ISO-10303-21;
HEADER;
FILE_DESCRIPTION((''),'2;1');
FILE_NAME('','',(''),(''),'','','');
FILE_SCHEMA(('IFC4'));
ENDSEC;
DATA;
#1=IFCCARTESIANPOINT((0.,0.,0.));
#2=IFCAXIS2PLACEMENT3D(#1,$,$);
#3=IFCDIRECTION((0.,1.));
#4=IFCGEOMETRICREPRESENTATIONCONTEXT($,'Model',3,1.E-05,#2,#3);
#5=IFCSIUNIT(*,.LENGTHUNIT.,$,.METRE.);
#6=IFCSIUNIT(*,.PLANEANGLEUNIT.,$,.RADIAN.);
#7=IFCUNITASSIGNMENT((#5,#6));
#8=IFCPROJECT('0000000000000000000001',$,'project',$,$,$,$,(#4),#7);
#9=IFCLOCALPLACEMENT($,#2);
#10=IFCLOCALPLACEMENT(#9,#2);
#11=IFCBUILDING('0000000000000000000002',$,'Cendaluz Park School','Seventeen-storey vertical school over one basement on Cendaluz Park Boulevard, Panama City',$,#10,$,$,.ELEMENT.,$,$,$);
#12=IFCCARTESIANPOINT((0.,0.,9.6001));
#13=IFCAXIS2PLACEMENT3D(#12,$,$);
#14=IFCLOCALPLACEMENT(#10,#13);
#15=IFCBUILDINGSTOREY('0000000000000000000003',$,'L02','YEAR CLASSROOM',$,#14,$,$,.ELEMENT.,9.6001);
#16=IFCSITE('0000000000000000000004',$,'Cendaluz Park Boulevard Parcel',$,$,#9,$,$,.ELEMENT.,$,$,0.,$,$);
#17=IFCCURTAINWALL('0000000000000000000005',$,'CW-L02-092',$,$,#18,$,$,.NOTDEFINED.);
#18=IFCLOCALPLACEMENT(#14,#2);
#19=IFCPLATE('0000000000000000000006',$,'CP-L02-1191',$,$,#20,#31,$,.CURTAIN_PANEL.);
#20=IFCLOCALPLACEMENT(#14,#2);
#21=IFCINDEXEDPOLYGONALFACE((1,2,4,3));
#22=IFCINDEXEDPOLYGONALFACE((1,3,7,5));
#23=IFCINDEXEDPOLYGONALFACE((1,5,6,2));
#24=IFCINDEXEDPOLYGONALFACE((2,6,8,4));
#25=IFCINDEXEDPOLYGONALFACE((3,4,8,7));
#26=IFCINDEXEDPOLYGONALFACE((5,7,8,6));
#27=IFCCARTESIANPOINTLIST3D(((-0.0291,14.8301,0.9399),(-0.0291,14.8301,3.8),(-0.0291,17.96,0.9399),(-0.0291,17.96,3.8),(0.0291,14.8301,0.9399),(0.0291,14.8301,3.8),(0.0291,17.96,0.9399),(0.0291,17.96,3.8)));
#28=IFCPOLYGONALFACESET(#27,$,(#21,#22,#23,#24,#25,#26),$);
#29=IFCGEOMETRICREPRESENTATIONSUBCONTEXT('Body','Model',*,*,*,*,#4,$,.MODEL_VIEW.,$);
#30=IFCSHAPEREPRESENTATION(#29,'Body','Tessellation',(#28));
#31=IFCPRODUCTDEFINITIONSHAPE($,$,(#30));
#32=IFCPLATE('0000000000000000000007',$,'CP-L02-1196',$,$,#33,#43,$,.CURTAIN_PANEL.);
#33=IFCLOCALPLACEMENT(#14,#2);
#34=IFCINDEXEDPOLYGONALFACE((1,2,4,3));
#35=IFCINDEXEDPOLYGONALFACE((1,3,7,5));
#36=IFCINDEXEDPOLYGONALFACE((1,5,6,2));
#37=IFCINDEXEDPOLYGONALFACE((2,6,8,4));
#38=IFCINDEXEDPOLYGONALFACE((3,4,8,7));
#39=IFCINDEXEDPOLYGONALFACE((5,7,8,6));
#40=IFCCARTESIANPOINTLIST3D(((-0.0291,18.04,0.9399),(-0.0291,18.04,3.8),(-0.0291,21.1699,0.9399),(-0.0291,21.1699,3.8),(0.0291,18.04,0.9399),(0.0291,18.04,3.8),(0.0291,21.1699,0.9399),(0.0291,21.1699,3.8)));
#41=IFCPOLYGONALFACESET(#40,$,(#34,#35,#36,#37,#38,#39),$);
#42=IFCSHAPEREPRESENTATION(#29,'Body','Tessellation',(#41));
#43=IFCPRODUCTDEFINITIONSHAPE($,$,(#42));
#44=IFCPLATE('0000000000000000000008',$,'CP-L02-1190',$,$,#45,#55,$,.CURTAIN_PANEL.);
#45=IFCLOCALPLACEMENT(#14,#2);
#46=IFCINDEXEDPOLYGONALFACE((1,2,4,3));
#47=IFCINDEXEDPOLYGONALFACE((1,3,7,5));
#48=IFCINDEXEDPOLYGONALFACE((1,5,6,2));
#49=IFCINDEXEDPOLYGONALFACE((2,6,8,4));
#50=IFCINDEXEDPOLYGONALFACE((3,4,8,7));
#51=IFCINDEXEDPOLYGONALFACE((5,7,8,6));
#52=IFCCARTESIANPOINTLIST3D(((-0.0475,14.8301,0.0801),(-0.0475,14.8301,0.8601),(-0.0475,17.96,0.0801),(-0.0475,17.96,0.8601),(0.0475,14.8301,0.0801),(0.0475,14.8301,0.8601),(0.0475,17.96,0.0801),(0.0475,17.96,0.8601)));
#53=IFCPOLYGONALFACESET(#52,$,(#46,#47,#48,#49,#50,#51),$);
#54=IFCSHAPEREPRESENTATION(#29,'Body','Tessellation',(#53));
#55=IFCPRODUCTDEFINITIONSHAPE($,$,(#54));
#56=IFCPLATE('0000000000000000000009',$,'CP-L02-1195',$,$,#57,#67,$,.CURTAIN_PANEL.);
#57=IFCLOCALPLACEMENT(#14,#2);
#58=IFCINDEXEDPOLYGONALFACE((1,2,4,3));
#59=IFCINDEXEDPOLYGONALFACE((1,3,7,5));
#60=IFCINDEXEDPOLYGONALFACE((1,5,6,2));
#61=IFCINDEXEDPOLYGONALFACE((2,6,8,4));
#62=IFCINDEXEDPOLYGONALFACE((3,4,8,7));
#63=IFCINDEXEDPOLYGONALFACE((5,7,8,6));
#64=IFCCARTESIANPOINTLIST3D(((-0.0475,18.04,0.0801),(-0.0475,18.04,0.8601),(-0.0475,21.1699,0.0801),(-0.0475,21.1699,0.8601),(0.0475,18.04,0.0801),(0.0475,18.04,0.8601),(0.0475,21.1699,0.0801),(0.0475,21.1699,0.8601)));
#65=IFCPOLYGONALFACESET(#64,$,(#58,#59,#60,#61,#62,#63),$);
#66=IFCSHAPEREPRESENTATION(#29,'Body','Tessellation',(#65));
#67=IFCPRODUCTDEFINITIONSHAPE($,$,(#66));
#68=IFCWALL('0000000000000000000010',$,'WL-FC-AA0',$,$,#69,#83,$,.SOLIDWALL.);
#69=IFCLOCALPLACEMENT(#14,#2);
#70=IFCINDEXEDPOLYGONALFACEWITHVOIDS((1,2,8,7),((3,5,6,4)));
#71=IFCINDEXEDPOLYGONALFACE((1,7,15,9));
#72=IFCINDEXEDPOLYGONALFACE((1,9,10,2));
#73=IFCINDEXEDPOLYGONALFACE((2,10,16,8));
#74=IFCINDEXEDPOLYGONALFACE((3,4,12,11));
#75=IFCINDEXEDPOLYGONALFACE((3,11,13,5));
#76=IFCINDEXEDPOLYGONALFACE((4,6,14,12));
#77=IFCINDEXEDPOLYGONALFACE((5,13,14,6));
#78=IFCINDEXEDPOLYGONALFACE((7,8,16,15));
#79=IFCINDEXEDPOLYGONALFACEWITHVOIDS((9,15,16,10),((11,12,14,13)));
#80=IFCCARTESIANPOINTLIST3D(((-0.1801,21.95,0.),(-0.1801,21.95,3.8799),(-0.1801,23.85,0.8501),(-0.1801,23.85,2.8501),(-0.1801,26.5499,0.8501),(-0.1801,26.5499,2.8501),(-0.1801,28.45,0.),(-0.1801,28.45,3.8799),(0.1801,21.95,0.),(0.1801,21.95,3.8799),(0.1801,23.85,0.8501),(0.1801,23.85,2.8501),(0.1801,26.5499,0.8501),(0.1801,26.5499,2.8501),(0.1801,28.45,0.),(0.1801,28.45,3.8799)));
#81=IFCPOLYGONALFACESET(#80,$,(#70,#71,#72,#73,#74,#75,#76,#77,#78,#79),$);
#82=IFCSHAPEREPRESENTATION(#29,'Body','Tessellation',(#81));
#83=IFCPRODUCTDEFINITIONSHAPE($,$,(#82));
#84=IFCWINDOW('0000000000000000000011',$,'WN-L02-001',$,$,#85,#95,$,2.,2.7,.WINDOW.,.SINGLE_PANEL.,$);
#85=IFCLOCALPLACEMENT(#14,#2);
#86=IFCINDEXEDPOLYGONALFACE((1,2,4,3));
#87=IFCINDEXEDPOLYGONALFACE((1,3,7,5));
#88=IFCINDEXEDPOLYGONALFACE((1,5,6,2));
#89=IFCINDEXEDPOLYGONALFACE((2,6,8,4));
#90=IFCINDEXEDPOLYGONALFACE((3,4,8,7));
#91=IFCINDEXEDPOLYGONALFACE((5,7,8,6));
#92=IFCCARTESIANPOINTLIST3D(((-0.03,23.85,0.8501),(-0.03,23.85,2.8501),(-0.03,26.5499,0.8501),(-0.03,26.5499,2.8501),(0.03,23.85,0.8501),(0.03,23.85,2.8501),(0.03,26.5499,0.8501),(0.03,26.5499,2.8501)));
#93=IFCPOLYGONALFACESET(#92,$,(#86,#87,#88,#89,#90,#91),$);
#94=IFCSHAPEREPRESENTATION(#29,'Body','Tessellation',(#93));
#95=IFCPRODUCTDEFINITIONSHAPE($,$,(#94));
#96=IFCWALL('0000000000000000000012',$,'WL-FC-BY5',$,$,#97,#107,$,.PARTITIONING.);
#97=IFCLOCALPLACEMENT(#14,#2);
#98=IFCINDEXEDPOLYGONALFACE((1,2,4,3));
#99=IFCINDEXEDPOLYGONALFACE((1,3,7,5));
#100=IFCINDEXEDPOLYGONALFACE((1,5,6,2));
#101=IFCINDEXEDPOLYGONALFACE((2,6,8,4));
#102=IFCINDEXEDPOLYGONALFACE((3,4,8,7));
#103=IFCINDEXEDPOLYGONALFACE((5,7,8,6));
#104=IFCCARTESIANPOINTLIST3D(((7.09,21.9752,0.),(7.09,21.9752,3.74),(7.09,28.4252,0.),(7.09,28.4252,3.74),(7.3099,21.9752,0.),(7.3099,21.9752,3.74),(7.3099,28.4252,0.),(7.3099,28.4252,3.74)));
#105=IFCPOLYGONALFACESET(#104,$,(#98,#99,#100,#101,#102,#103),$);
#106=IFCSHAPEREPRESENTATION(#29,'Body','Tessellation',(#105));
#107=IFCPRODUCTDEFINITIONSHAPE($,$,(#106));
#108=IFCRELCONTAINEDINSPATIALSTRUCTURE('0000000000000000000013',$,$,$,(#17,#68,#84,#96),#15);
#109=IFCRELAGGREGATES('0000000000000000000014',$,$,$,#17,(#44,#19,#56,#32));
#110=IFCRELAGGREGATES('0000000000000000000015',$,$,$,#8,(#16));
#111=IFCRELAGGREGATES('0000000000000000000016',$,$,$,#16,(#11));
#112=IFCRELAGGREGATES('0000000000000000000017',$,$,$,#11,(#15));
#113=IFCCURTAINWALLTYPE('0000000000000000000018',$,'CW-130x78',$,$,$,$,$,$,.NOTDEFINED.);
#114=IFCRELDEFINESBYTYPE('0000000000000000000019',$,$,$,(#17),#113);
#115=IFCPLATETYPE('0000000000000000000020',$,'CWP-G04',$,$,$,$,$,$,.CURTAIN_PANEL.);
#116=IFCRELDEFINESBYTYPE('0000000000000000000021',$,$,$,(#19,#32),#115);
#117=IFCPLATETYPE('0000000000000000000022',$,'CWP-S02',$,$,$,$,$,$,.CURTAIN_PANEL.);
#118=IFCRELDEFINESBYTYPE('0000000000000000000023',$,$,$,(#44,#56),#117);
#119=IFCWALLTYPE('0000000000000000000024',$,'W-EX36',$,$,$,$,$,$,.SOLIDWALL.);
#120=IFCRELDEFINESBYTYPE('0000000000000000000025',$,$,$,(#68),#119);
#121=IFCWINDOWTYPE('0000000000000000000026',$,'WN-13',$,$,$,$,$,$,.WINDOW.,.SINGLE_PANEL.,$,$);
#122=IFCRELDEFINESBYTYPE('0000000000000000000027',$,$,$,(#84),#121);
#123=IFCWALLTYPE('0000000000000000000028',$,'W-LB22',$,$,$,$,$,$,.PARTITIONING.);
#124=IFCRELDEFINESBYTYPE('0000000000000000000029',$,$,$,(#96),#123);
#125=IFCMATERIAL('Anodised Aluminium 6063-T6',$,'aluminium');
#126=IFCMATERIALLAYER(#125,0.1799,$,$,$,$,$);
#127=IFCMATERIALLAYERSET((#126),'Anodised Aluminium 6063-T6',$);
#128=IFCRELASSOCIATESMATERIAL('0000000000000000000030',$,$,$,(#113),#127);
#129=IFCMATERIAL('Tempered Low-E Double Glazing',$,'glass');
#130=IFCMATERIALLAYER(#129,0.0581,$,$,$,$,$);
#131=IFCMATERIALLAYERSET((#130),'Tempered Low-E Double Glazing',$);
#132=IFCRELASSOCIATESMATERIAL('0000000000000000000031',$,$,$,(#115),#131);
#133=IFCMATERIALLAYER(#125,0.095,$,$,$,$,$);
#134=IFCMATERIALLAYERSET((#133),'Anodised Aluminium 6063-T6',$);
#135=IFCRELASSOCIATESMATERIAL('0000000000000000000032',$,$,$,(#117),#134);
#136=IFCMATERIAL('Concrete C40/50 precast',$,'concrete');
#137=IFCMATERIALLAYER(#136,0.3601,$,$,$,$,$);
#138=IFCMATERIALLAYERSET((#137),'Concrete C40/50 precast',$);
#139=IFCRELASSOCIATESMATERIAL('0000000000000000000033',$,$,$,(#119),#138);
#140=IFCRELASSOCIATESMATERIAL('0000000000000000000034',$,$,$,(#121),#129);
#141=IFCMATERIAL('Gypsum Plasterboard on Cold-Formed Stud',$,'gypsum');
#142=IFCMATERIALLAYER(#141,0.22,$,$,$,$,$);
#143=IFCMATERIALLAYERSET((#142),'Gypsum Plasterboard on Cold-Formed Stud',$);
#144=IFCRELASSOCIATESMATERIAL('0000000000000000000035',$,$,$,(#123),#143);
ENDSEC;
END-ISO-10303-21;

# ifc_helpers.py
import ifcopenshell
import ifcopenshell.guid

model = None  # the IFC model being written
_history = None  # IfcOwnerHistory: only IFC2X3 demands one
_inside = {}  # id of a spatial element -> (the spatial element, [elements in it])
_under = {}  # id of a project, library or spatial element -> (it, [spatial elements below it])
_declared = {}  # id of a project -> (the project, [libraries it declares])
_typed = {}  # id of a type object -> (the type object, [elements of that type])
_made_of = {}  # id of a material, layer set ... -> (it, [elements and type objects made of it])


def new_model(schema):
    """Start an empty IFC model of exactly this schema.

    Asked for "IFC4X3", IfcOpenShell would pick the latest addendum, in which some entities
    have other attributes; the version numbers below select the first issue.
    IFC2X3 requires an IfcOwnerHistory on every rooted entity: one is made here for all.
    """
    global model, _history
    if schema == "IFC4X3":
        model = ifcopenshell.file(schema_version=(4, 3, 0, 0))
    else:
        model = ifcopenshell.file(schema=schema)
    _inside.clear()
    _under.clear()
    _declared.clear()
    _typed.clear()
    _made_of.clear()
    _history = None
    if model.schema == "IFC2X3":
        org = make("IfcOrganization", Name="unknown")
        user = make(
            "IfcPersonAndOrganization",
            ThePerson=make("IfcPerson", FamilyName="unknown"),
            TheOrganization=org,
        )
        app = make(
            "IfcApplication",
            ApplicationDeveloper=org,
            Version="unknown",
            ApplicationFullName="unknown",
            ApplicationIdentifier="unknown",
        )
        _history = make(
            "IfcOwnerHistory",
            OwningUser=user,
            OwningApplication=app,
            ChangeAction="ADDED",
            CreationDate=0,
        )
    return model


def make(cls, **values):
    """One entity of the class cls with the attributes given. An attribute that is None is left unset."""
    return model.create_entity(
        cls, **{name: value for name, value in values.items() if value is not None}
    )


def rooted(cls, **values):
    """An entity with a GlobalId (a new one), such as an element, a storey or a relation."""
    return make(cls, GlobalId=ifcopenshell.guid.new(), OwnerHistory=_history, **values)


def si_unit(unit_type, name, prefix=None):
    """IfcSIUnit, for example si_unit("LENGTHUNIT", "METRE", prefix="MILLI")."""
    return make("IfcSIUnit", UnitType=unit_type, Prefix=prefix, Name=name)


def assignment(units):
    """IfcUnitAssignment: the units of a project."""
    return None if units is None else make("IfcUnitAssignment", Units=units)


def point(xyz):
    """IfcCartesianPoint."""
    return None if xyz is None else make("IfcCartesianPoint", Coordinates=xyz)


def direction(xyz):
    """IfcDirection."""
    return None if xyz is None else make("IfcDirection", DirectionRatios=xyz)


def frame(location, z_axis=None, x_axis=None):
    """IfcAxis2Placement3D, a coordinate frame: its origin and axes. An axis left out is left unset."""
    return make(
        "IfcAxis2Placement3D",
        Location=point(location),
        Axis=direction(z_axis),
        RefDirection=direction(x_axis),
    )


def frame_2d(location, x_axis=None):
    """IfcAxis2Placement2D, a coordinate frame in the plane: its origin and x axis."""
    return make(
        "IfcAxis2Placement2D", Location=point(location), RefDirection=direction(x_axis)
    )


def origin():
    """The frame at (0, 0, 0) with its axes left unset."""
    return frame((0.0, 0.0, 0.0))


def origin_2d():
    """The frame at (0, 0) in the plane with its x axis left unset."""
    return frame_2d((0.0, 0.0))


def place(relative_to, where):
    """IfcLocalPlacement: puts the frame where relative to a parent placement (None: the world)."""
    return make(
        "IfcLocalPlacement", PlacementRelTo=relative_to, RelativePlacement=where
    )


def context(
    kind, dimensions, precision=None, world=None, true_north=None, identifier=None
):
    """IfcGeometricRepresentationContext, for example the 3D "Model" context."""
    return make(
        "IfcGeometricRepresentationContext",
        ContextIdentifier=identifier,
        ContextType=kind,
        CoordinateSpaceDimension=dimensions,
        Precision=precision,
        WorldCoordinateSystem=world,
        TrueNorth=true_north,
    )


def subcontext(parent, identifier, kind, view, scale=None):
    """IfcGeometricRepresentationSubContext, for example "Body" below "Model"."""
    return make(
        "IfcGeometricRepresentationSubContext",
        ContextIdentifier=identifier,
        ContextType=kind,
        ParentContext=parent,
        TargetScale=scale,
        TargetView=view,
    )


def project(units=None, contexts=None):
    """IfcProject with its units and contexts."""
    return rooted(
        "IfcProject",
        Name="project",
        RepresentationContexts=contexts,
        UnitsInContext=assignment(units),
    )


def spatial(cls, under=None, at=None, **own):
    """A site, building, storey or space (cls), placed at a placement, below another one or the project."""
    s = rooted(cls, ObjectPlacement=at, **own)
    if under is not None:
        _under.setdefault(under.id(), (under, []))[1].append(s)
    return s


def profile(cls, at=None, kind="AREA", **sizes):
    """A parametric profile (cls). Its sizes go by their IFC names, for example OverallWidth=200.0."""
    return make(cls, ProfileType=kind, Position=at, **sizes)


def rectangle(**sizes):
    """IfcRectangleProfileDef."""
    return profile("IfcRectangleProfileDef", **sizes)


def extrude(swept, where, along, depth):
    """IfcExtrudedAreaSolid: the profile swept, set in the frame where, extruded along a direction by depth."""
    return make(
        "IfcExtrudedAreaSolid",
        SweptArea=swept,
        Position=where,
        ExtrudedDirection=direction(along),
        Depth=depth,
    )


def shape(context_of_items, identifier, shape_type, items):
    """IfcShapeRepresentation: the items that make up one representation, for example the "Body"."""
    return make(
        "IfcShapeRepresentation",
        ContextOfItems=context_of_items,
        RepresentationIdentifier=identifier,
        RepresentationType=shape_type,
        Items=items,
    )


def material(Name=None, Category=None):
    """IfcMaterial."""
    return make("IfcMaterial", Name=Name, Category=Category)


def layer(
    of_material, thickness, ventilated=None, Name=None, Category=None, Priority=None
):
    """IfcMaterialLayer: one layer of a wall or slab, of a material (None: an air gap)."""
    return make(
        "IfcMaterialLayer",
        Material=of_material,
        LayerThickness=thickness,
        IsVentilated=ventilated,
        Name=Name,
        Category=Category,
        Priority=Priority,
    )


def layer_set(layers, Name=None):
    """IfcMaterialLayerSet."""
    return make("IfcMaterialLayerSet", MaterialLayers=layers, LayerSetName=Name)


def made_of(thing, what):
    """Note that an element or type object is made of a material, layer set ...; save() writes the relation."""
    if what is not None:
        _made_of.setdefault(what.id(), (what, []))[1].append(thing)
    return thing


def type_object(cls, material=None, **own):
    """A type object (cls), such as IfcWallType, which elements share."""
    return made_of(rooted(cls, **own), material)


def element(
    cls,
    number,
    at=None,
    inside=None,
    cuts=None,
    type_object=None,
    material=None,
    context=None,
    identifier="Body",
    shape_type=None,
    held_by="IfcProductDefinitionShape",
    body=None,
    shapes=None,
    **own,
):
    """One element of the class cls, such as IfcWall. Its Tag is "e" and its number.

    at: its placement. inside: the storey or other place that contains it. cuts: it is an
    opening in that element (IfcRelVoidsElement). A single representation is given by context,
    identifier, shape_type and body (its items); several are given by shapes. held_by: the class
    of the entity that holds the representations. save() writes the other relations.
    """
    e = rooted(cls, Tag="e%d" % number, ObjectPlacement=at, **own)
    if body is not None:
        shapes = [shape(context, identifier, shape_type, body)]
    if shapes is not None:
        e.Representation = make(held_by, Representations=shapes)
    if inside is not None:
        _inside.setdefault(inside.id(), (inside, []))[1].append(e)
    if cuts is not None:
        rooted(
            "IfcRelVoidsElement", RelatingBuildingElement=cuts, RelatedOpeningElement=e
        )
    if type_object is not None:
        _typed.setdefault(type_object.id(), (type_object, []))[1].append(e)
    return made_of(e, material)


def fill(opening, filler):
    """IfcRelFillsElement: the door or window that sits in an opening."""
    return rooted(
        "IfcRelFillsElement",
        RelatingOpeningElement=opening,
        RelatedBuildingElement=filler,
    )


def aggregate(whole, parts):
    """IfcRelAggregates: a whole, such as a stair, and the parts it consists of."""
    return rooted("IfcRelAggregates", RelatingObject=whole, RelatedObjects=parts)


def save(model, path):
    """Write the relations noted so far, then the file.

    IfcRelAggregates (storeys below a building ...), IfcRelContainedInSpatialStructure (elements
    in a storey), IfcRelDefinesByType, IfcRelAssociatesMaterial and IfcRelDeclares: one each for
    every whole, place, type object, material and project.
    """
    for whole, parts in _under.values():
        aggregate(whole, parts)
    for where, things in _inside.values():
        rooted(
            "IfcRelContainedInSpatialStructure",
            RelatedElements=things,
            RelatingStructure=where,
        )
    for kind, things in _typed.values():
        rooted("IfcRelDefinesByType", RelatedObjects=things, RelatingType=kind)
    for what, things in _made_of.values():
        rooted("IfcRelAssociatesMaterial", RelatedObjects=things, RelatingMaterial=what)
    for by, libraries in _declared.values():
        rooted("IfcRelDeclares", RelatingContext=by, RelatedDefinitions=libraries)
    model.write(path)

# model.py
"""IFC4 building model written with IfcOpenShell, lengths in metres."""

from ifc_helpers import new_model, si_unit, direction, frame, frame_2d, origin, origin_2d, place, context, subcontext, project, spatial, rectangle, extrude, material, layer, layer_set, type_object, element, fill, aggregate, save


model = new_model("IFC4")

# Units and contexts
model_context = context("Model", 3, precision=1e-05, world=origin(), true_north=direction((0.0, 1.0)))
body_context = subcontext(model_context, "Body", "Model", "MODEL_VIEW")
ifc_project = project(units=[si_unit("LENGTHUNIT", "METRE"), si_unit("PLANEANGLEUNIT", "RADIAN")], contexts=[model_context])

# Site, building, storey
site_placement = place(None, origin())
site = spatial("IfcSite", under=ifc_project, at=site_placement, Name="Cendaluz Park Boulevard Parcel", CompositionType="ELEMENT", RefElevation=0.0)
building_placement = place(site_placement, origin())
building = spatial("IfcBuilding", under=site, at=building_placement, Name="Cendaluz Park School", Description="Seventeen-storey vertical school over one basement on Cendaluz Park Boulevard, Panama City", CompositionType="ELEMENT")
storey_placement = place(building_placement, frame((0.0, 0.0, 9.6001)))
storey = spatial("IfcBuildingStorey", under=building, at=storey_placement, Name="L02", Description="YEAR CLASSROOM", CompositionType="ELEMENT", Elevation=9.6001)

# Curtain wall, plates
ifc_material_1 = material(Name="Anodised Aluminium 6063-T6", Category="aluminium")
ifc_layer_1 = layer(ifc_material_1, 0.1799)
ifc_layer_set_1 = layer_set([ifc_layer_1], Name="Anodised Aluminium 6063-T6")
curtain_wall_type = type_object("IfcCurtainWallType", Name="CW-130x78", PredefinedType="NOTDEFINED", material=ifc_layer_set_1)
curtain_wall_placement = place(storey_placement, origin())
curtain_wall = element("IfcCurtainWall", 1, at=curtain_wall_placement, inside=storey, type_object=curtain_wall_type, Name="CW-L02-092", PredefinedType="NOTDEFINED")
ifc_material_2 = material(Name="Tempered Low-E Double Glazing", Category="glass")
ifc_layer_2 = layer(ifc_material_2, 0.0581)
ifc_layer_set_2 = layer_set([ifc_layer_2], Name="Tempered Low-E Double Glazing")
plate_type_1 = type_object("IfcPlateType", Name="CWP-G04", PredefinedType="CURTAIN_PANEL", material=ifc_layer_set_2)
plate_1_placement = place(storey_placement, frame((0.0, 16.395, 0.9399), z_axis=(0.0, 0.0, 1.0), x_axis=(0.0, 1.0, 0.0)))
plate_1 = element("IfcPlate", 2, at=plate_1_placement, type_object=plate_type_1, Name="CP-L02-1191", PredefinedType="CURTAIN_PANEL", context=body_context, shape_type="SweptSolid", body=[
    extrude(rectangle(XDim=3.1299, YDim=0.0581, at=origin_2d()), origin(), (0.0, 0.0, 1.0), 2.8601),
])
plate_2_placement = place(storey_placement, frame((0.0, 19.605, 0.9399), z_axis=(0.0, 0.0, 1.0), x_axis=(0.0, 1.0, 0.0)))
plate_2 = element("IfcPlate", 3, at=plate_2_placement, type_object=plate_type_1, Name="CP-L02-1196", PredefinedType="CURTAIN_PANEL", context=body_context, shape_type="SweptSolid", body=[
    extrude(rectangle(XDim=3.1299, YDim=0.0581, at=origin_2d()), origin(), (0.0, 0.0, 1.0), 2.8601),
])
ifc_layer_3 = layer(ifc_material_1, 0.095)
ifc_layer_set_3 = layer_set([ifc_layer_3], Name="Anodised Aluminium 6063-T6")
plate_type_2 = type_object("IfcPlateType", Name="CWP-S02", PredefinedType="CURTAIN_PANEL", material=ifc_layer_set_3)
plate_3_placement = place(storey_placement, frame((0.0, 16.395, 0.0801), z_axis=(0.0, 0.0, 1.0), x_axis=(0.0, 1.0, 0.0)))
plate_3 = element("IfcPlate", 4, at=plate_3_placement, type_object=plate_type_2, Name="CP-L02-1190", PredefinedType="CURTAIN_PANEL", context=body_context, shape_type="SweptSolid", body=[
    extrude(rectangle(XDim=3.1299, YDim=0.095, at=origin_2d()), origin(), (0.0, 0.0, 1.0), 0.78),
])
plate_4_placement = place(storey_placement, frame((0.0, 19.605, 0.0801), z_axis=(0.0, 0.0, 1.0), x_axis=(0.0, 1.0, 0.0)))
plate_4 = element("IfcPlate", 5, at=plate_4_placement, type_object=plate_type_2, Name="CP-L02-1195", PredefinedType="CURTAIN_PANEL", context=body_context, shape_type="SweptSolid", body=[
    extrude(rectangle(XDim=3.1299, YDim=0.095, at=origin_2d()), origin(), (0.0, 0.0, 1.0), 0.78),
])
aggregate(curtain_wall, [plate_3, plate_1, plate_4, plate_2])

# Wall, opening, window
ifc_material_3 = material(Name="Concrete C40/50 precast", Category="concrete")
ifc_layer_4 = layer(ifc_material_3, 0.3601)
ifc_layer_set_4 = layer_set([ifc_layer_4], Name="Concrete C40/50 precast")
wall_type_1 = type_object("IfcWallType", Name="W-EX36", PredefinedType="SOLIDWALL", material=ifc_layer_set_4)
wall_1_placement = place(storey_placement, frame((0.0, 21.95, 0.0), z_axis=(0.0, 0.0, 1.0), x_axis=(0.0, 1.0, 0.0)))
wall_1 = element("IfcWall", 6, at=wall_1_placement, inside=storey, type_object=wall_type_1, Name="WL-FC-AA0", PredefinedType="SOLIDWALL", context=body_context, shape_type="SweptSolid", body=[
    extrude(rectangle(XDim=6.5, YDim=0.3601, at=frame_2d((3.25, 0.0))), origin(), (0.0, 0.0, 1.0), 3.8799),
])
opening_placement = place(wall_1_placement, frame((1.8999, 0.0, 0.8501)))
opening = element("IfcOpeningElement", 7, at=opening_placement, cuts=wall_1, PredefinedType="OPENING", context=body_context, shape_type="SweptSolid", body=[
    extrude(rectangle(XDim=2.7, YDim=2.0, at=frame_2d((1.3501, 1.0))), frame((0.0, 0.1921, 0.0), z_axis=(0.0, -1.0, 0.0), x_axis=(1.0, 0.0, 0.0)), (0.0, 0.0, 1.0), 0.384),
])
window_type = type_object("IfcWindowType", Name="WN-13", PartitioningType="SINGLE_PANEL", PredefinedType="WINDOW", material=ifc_material_2)
window_placement = place(opening_placement, origin())
window = element("IfcWindow", 8, at=window_placement, inside=storey, type_object=window_type, Name="WN-L02-001", OverallHeight=2.0, OverallWidth=2.7, PartitioningType="SINGLE_PANEL", PredefinedType="WINDOW", context=body_context, shape_type="SweptSolid", body=[
    extrude(rectangle(XDim=2.7, YDim=2.0, at=frame_2d((1.3501, 1.0))), frame((0.0, 0.03, 0.0), z_axis=(0.0, -1.0, 0.0), x_axis=(1.0, 0.0, 0.0)), (0.0, 0.0, 1.0), 0.0601),
])
fill(opening, window)

# Wall
ifc_material_4 = material(Name="Gypsum Plasterboard on Cold-Formed Stud", Category="gypsum")
ifc_layer_5 = layer(ifc_material_4, 0.22)
ifc_layer_set_5 = layer_set([ifc_layer_5], Name="Gypsum Plasterboard on Cold-Formed Stud")
wall_type_2 = type_object("IfcWallType", Name="W-LB22", PredefinedType="PARTITIONING", material=ifc_layer_set_5)
wall_2_placement = place(storey_placement, frame((7.2, 21.9751, 0.0), z_axis=(0.0, 0.0, 1.0), x_axis=(0.0, 1.0, 0.0)))
element("IfcWall", 9, at=wall_2_placement, inside=storey, type_object=wall_type_2, Name="WL-FC-BY5", PredefinedType="PARTITIONING", context=body_context, shape_type="SweptSolid", body=[
    extrude(rectangle(XDim=6.45, YDim=0.22, at=frame_2d((3.2251, 0.0))), origin(), (0.0, 0.0, 1.0), 3.74),
])

save(model, "model.ifc")
